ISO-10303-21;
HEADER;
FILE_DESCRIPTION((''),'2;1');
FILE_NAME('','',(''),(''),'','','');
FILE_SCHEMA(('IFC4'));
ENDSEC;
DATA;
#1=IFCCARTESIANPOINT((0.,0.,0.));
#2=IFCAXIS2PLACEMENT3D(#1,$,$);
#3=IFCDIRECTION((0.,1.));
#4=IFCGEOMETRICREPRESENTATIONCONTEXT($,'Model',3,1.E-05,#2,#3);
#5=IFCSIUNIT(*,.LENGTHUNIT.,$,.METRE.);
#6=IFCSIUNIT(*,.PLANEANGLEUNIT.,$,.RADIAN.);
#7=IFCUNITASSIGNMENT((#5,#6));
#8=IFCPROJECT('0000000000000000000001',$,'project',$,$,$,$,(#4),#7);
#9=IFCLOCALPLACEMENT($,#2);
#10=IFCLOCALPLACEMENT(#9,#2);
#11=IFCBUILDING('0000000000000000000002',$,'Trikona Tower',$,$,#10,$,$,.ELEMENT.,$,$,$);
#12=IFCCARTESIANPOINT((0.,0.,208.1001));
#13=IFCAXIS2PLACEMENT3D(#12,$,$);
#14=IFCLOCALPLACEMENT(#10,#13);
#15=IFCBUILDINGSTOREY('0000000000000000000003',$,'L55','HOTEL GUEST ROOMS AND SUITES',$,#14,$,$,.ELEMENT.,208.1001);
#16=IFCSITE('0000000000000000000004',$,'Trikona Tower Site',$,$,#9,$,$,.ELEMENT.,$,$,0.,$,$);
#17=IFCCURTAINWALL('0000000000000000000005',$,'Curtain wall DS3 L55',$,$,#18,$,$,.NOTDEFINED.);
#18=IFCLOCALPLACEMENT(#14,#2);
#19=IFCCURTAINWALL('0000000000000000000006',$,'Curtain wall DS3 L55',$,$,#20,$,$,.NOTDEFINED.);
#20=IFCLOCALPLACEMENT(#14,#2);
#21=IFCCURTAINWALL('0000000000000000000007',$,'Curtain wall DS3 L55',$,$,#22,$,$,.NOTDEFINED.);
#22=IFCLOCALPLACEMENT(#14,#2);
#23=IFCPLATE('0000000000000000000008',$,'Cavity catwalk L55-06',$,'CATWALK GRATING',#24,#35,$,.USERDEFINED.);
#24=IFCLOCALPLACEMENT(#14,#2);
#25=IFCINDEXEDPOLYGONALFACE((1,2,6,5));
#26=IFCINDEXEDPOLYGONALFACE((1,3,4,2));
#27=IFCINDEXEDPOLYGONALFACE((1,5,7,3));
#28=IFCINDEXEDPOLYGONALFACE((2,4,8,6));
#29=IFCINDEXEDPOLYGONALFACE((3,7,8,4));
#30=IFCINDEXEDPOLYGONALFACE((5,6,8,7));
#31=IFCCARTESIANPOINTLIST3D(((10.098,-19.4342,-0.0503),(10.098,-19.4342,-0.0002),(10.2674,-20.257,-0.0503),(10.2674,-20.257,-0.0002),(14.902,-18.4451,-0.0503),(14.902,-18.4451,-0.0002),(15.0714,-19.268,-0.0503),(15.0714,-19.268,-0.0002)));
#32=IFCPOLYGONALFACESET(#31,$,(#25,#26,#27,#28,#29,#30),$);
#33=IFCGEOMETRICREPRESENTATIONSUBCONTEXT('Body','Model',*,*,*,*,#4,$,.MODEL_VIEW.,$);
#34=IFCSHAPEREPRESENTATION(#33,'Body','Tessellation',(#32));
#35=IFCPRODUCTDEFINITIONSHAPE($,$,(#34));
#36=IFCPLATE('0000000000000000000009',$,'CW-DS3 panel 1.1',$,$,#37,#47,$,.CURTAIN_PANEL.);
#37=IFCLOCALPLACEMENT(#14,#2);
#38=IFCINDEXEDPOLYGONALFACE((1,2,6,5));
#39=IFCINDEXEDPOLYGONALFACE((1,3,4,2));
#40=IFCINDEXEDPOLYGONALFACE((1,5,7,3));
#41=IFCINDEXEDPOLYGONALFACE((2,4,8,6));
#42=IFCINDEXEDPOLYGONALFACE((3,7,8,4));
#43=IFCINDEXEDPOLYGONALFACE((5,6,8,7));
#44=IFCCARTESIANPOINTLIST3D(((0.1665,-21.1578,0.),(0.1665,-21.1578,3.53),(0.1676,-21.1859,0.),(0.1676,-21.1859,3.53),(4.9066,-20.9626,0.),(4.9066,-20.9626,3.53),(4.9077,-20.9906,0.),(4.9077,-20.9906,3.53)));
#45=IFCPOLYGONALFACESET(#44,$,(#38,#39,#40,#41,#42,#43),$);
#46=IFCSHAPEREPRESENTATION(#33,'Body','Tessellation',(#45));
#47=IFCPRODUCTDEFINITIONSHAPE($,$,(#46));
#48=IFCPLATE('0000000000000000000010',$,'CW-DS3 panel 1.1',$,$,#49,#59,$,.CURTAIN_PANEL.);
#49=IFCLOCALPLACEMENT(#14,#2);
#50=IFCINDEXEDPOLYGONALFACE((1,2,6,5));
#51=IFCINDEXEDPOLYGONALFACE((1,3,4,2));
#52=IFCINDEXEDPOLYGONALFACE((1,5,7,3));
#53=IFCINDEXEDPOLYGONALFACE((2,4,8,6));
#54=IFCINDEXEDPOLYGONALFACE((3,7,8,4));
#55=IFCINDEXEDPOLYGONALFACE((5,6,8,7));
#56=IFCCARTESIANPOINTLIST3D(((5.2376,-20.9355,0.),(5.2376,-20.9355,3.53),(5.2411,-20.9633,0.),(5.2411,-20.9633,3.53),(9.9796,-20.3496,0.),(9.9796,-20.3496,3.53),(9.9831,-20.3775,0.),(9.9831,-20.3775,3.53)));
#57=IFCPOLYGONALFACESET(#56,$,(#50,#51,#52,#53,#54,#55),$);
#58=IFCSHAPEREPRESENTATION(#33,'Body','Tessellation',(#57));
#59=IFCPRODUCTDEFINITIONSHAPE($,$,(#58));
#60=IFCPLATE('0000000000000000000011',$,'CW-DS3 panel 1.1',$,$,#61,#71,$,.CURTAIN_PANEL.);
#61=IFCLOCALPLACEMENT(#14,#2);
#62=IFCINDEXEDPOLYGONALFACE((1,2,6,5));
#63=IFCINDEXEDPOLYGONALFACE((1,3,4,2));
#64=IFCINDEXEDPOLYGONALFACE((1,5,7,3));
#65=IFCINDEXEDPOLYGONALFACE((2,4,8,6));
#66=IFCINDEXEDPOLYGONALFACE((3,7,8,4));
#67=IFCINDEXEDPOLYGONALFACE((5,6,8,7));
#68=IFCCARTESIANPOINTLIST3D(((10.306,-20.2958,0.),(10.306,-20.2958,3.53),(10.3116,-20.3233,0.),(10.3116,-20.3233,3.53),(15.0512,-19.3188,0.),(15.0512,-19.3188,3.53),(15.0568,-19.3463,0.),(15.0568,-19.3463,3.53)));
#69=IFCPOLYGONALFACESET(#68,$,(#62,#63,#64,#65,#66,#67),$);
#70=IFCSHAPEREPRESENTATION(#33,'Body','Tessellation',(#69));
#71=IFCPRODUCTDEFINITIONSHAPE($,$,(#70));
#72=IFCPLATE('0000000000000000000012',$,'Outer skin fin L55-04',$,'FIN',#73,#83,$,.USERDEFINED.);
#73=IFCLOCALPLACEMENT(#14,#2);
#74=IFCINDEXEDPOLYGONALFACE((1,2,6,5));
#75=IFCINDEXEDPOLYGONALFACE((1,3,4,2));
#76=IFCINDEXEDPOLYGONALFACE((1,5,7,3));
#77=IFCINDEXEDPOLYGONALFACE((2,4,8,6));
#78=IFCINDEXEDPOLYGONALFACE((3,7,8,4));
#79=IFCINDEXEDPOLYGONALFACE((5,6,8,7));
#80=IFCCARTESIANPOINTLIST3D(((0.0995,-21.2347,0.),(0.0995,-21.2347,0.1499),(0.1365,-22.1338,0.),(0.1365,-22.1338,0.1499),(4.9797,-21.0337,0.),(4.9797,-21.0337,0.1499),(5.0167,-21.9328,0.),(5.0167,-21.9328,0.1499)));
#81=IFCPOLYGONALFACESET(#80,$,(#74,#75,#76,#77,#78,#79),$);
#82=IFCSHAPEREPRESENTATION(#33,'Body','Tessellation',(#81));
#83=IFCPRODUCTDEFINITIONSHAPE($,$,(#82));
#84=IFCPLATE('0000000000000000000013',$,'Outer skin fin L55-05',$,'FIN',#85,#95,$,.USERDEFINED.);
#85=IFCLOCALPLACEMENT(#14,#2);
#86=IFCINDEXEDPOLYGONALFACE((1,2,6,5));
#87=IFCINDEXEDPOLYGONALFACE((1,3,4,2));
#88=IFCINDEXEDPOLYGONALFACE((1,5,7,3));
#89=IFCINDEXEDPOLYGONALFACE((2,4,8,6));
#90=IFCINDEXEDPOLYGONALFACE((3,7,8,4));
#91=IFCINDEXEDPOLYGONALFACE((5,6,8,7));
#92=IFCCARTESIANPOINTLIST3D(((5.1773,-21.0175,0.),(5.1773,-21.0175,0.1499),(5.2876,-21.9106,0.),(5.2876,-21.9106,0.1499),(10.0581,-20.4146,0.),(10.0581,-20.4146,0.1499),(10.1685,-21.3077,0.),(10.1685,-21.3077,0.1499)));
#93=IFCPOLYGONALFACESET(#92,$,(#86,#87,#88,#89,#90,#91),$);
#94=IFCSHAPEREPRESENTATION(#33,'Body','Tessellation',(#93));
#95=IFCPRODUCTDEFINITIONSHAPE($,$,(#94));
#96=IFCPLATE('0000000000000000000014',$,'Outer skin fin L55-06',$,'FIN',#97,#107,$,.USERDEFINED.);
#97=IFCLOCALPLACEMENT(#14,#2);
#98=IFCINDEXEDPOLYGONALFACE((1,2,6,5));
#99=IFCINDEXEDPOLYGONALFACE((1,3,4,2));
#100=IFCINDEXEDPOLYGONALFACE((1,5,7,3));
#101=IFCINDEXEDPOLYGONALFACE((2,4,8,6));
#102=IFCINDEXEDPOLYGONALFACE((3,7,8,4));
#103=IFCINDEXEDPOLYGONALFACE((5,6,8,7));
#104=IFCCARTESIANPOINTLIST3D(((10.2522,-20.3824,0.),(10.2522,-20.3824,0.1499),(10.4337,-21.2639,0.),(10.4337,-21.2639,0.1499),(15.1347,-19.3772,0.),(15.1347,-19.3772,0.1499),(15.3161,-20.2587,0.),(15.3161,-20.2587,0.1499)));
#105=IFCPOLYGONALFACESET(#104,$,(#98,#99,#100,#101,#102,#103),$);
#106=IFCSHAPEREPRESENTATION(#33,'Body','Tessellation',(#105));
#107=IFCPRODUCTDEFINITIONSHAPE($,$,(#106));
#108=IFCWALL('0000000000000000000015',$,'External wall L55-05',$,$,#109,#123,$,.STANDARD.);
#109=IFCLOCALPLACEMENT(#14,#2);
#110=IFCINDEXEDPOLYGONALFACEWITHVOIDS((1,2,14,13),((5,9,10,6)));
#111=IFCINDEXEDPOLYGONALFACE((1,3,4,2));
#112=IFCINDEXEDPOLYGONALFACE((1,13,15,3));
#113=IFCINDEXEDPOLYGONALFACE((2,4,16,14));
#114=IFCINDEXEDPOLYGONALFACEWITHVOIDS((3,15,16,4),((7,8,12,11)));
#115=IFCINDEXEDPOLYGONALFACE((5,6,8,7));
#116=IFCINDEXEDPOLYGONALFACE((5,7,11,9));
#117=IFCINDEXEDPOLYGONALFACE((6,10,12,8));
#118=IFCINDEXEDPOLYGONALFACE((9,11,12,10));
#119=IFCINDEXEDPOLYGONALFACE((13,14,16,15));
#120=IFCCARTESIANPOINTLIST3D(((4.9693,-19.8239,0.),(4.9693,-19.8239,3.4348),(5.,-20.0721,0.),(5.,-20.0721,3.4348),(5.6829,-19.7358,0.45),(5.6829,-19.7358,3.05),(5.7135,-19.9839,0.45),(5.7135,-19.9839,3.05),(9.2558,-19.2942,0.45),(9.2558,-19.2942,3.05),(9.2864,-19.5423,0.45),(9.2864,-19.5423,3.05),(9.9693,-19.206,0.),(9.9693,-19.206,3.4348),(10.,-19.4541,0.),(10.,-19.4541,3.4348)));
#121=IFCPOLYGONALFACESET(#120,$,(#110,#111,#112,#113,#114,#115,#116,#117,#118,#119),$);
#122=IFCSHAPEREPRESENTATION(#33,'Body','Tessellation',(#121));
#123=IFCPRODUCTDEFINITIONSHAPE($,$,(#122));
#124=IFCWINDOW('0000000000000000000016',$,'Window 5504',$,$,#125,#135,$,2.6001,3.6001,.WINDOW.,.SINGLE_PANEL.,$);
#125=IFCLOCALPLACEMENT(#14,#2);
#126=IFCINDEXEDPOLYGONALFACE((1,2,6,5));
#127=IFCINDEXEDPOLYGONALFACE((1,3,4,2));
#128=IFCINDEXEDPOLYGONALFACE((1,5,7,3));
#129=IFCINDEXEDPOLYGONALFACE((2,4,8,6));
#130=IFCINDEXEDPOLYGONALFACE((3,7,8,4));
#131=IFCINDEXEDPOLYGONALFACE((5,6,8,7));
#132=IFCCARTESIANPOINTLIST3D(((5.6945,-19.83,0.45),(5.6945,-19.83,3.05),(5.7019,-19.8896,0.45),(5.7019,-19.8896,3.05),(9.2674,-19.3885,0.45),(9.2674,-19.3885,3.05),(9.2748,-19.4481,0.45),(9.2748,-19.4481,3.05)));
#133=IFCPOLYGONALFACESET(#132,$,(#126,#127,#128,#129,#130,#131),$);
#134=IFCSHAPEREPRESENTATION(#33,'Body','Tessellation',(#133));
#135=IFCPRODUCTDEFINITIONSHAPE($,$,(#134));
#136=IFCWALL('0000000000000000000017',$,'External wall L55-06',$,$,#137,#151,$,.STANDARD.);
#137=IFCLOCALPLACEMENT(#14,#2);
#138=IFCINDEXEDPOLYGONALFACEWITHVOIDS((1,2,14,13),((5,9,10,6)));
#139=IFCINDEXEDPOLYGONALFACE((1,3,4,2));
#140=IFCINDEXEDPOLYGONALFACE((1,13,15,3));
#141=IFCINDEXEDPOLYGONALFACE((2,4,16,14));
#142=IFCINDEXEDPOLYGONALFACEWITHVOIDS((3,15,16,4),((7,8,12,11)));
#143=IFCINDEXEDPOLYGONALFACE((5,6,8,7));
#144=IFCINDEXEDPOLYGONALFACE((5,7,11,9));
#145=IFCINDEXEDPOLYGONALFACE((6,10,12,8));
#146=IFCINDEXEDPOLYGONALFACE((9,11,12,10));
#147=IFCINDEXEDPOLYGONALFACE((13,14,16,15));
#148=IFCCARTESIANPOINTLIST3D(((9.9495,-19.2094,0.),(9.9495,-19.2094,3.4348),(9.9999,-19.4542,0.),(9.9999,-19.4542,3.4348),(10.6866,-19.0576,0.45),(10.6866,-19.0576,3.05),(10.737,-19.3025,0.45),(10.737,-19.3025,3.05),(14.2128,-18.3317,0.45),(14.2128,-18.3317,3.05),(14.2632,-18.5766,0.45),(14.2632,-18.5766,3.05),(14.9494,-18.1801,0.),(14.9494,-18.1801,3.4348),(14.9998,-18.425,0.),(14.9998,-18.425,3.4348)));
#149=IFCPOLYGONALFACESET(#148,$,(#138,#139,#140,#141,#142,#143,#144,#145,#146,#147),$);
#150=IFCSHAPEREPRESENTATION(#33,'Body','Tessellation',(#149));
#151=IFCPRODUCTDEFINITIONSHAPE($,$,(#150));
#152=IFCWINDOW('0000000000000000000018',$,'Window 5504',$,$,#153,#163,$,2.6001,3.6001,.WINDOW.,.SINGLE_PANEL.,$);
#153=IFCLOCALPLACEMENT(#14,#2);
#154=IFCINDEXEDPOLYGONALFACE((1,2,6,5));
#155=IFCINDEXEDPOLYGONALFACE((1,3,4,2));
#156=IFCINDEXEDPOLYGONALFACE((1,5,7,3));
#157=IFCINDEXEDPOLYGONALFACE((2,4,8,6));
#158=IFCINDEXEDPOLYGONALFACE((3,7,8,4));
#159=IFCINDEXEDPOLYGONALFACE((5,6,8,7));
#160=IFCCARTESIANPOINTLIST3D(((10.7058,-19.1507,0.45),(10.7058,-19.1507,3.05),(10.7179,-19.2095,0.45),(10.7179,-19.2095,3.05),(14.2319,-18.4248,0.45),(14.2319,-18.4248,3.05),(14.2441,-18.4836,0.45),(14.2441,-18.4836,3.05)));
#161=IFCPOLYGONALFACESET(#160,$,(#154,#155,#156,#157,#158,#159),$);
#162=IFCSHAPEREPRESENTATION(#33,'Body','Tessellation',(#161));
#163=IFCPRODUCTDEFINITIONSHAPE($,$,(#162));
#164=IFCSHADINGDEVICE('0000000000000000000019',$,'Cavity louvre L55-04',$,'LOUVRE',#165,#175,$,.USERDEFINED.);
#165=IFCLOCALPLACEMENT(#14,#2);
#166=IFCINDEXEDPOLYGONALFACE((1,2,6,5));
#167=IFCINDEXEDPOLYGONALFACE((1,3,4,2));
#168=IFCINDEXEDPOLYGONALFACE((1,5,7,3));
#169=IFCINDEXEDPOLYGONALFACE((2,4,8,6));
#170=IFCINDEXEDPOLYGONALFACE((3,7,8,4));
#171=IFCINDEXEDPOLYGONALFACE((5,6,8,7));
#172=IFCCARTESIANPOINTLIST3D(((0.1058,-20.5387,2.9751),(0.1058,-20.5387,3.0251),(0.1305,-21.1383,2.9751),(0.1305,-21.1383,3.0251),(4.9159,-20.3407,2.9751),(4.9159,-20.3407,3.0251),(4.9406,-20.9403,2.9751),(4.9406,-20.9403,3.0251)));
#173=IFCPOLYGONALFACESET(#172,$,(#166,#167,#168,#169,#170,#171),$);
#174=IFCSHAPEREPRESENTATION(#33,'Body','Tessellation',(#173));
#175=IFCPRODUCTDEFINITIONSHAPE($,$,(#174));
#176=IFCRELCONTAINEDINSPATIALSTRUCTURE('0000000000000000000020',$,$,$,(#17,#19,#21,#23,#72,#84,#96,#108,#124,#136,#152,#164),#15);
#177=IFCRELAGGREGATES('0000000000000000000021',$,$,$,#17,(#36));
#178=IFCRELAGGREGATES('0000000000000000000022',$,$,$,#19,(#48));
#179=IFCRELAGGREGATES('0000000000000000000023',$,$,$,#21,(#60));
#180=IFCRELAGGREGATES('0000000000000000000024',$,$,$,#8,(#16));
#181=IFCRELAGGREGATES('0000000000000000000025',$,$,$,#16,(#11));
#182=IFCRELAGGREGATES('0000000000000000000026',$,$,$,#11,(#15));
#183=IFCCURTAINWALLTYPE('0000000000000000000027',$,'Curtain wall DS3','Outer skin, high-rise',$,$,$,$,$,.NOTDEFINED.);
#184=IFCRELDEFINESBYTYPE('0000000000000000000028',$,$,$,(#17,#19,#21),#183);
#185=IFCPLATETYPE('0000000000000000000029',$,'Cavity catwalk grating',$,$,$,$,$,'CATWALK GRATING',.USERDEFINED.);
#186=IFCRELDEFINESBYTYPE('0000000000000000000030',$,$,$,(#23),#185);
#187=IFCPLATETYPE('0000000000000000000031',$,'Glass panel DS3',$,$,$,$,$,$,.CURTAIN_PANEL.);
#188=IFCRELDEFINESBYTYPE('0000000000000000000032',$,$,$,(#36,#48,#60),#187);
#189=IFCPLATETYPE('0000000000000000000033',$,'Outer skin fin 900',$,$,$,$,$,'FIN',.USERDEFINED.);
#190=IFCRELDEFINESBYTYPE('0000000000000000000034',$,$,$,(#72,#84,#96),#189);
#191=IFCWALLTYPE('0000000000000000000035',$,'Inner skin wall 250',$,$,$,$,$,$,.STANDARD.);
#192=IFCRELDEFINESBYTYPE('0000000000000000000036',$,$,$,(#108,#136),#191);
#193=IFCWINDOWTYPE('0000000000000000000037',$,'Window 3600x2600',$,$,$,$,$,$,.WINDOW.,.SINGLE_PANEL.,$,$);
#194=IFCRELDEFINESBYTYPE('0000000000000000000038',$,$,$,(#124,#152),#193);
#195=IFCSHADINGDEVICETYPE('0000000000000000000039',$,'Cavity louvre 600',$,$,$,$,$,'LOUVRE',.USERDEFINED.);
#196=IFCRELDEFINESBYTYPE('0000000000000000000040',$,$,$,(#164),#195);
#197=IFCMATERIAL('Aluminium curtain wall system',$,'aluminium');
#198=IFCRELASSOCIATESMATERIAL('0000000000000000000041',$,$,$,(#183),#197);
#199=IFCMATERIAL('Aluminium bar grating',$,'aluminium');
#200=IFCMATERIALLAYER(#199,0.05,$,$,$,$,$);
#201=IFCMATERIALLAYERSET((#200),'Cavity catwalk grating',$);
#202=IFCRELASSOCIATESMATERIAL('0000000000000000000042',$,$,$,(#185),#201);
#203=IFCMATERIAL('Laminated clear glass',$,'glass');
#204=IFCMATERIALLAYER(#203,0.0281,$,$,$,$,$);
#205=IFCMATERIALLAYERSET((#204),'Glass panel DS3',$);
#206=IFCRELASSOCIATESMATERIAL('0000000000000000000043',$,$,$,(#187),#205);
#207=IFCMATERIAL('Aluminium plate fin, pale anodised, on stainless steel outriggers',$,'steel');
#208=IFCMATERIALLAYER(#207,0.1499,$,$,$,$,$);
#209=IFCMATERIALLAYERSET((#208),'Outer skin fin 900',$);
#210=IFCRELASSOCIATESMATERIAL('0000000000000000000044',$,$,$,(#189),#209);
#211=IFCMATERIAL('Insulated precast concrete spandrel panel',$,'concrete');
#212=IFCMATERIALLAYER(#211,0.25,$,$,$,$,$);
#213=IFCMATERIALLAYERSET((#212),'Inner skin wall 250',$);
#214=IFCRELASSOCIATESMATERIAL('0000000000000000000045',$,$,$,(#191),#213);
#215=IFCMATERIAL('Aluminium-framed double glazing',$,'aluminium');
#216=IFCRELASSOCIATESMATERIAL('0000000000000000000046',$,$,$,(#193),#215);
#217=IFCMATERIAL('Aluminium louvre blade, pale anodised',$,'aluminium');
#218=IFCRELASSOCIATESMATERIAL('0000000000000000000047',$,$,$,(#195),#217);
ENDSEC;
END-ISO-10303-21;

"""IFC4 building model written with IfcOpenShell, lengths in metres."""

from ifc_helpers import new_model, si_unit, direction, frame, frame_2d, origin, origin_2d, place, context, subcontext, project, spatial, rectangle, extrude, material, layer, layer_set, type_object, element, fill, aggregate, save


model = new_model("IFC4")

# Units and contexts
model_context = context("Model", 3, precision=1e-05, world=origin(), true_north=direction((0.0, 1.0)))
body_context = subcontext(model_context, "Body", "Model", "MODEL_VIEW")
ifc_project = project(units=[si_unit("LENGTHUNIT", "METRE"), si_unit("PLANEANGLEUNIT", "RADIAN")], contexts=[model_context])

# Site, building, storey
site_placement = place(None, origin())
site = spatial("IfcSite", under=ifc_project, at=site_placement, Name="Trikona Tower Site", CompositionType="ELEMENT", RefElevation=0.0)
building_placement = place(site_placement, origin())
building = spatial("IfcBuilding", under=site, at=building_placement, Name="Trikona Tower", CompositionType="ELEMENT")
storey_placement = place(building_placement, frame((0.0, 0.0, 208.1001)))
storey = spatial("IfcBuildingStorey", under=building, at=storey_placement, Name="L55", Description="HOTEL GUEST ROOMS AND SUITES", CompositionType="ELEMENT", Elevation=208.1001)

# Curtain walls
ifc_material_1 = material(Name="Aluminium curtain wall system", Category="aluminium")
curtain_wall_type = type_object("IfcCurtainWallType", Name="Curtain wall DS3", Description="Outer skin, high-rise", PredefinedType="NOTDEFINED", material=ifc_material_1)
curtain_wall_1_placement = place(storey_placement, origin())
curtain_wall_1 = element("IfcCurtainWall", 1, at=curtain_wall_1_placement, inside=storey, type_object=curtain_wall_type, Name="Curtain wall DS3 L55", PredefinedType="NOTDEFINED")
curtain_wall_2_placement = place(storey_placement, origin())
curtain_wall_2 = element("IfcCurtainWall", 2, at=curtain_wall_2_placement, inside=storey, type_object=curtain_wall_type, Name="Curtain wall DS3 L55", PredefinedType="NOTDEFINED")

# Curtain wall
curtain_wall_3_placement = place(storey_placement, origin())
curtain_wall_3 = element("IfcCurtainWall", 3, at=curtain_wall_3_placement, inside=storey, type_object=curtain_wall_type, Name="Curtain wall DS3 L55", PredefinedType="NOTDEFINED")

# Plate
ifc_material_2 = material(Name="Aluminium bar grating", Category="aluminium")
ifc_layer_1 = layer(ifc_material_2, 0.05)
ifc_layer_set_1 = layer_set([ifc_layer_1], Name="Cavity catwalk grating")
plate_type_1 = type_object("IfcPlateType", Name="Cavity catwalk grating", ElementType="CATWALK GRATING", PredefinedType="USERDEFINED", material=ifc_layer_set_1)
plate_1_placement = place(storey_placement, frame((12.5847, -19.3511, -0.0503), z_axis=(0.0, 0.0, 1.0), x_axis=(0.979458, 0.201651, 0.0)))
element("IfcPlate", 4, at=plate_1_placement, inside=storey, type_object=plate_type_1, Name="Cavity catwalk L55-06", ObjectType="CATWALK GRATING", PredefinedType="USERDEFINED", context=body_context, shape_type="SweptSolid", body=[
    extrude(rectangle(XDim=4.9048, YDim=0.8401, at=origin_2d()), origin(), (0.0, 0.0, 1.0), 0.05),
])

# Plates
ifc_material_3 = material(Name="Laminated clear glass", Category="glass")
ifc_layer_2 = layer(ifc_material_3, 0.0281)
ifc_layer_set_2 = layer_set([ifc_layer_2], Name="Glass panel DS3")
plate_type_2 = type_object("IfcPlateType", Name="Glass panel DS3", PredefinedType="CURTAIN_PANEL", material=ifc_layer_set_2)
plate_2_placement = place(storey_placement, frame((2.5371, -21.0742, 0.0), z_axis=(0.0, 0.0, 1.0), x_axis=(0.999153, 0.041153, 0.0)))
plate_2 = element("IfcPlate", 5, at=plate_2_placement, type_object=plate_type_2, Name="CW-DS3 panel 1.1", PredefinedType="CURTAIN_PANEL", context=body_context, shape_type="SweptSolid", body=[
    extrude(rectangle(XDim=4.7441, YDim=0.0281, at=origin_2d()), origin(), (0.0, 0.0, 1.0), 3.53),
])
aggregate(curtain_wall_1, [plate_2])
plate_3_placement = place(storey_placement, frame((7.6104, -20.6565, 0.0), z_axis=(0.0, 0.0, 1.0), x_axis=(0.992455, 0.122611, 0.0)))
plate_3 = element("IfcPlate", 6, at=plate_3_placement, type_object=plate_type_2, Name="CW-DS3 panel 1.1", PredefinedType="CURTAIN_PANEL", context=body_context, shape_type="SweptSolid", body=[
    extrude(rectangle(XDim=4.7781, YDim=0.0281, at=origin_2d()), origin(), (0.0, 0.0, 1.0), 3.53),
])
aggregate(curtain_wall_2, [plate_3])
plate_4_placement = place(storey_placement, frame((12.6814, -19.821, 0.0), z_axis=(0.0, 0.0, 1.0), x_axis=(0.979457, 0.201653, 0.0)))
plate_4 = element("IfcPlate", 7, at=plate_4_placement, type_object=plate_type_2, Name="CW-DS3 panel 1.1", PredefinedType="CURTAIN_PANEL", context=body_context, shape_type="SweptSolid", body=[
    extrude(rectangle(XDim=4.8447, YDim=0.0281, at=origin_2d()), origin(), (0.0, 0.0, 1.0), 3.53),
])
aggregate(curtain_wall_3, [plate_4])

# Plates
ifc_material_4 = material(Name="Aluminium plate fin, pale anodised, on stainless steel outriggers", Category="steel")
ifc_layer_3 = layer(ifc_material_4, 0.1499)
ifc_layer_set_3 = layer_set([ifc_layer_3], Name="Outer skin fin 900")
plate_type_3 = type_object("IfcPlateType", Name="Outer skin fin 900", ElementType="FIN", PredefinedType="USERDEFINED", material=ifc_layer_set_3)
plate_5_placement = place(storey_placement, frame((2.5581, -21.5837, 0.0), z_axis=(0.0, 0.0, 1.0), x_axis=(0.999153, 0.041145, 0.0)))
element("IfcPlate", 8, at=plate_5_placement, inside=storey, type_object=plate_type_3, Name="Outer skin fin L55-04", ObjectType="FIN", PredefinedType="USERDEFINED", context=body_context, shape_type="SweptSolid", body=[
    extrude(rectangle(XDim=4.8843, YDim=0.8999, at=origin_2d()), origin(), (0.0, 0.0, 1.0), 0.1499),
])
plate_6_placement = place(storey_placement, frame((7.6729, -21.1626, 0.0), z_axis=(0.0, 0.0, 1.0), x_axis=(0.992455, 0.122607, 0.0)))
element("IfcPlate", 9, at=plate_6_placement, inside=storey, type_object=plate_type_3, Name="Outer skin fin L55-05", ObjectType="FIN", PredefinedType="USERDEFINED", context=body_context, shape_type="SweptSolid", body=[
    extrude(rectangle(XDim=4.918, YDim=0.8999, at=origin_2d()), origin(), (0.0, 0.0, 1.0), 0.1499),
])
plate_7_placement = place(storey_placement, frame((12.7842, -20.3206, 0.0), z_axis=(0.0, 0.0, 1.0), x_axis=(0.979458, 0.201651, 0.0)))
element("IfcPlate", 10, at=plate_7_placement, inside=storey, type_object=plate_type_3, Name="Outer skin fin L55-06", ObjectType="FIN", PredefinedType="USERDEFINED", context=body_context, shape_type="SweptSolid", body=[
    extrude(rectangle(XDim=4.9849, YDim=0.8999, at=origin_2d()), origin(), (0.0, 0.0, 1.0), 0.1499),
])

# Walls, openings, windows
ifc_material_5 = material(Name="Insulated precast concrete spandrel panel", Category="concrete")
ifc_layer_4 = layer(ifc_material_5, 0.25)
ifc_layer_set_4 = layer_set([ifc_layer_4], Name="Inner skin wall 250")
wall_type = type_object("IfcWallType", Name="Inner skin wall 250", PredefinedType="STANDARD", material=ifc_layer_set_4)
wall_1_placement = place(storey_placement, frame((4.9846, -19.948, 0.0), z_axis=(0.0, 0.0, 1.0), x_axis=(0.99245, 0.122651, 0.0)))
wall_1 = element("IfcWall", 11, at=wall_1_placement, inside=storey, type_object=wall_type, Name="External wall L55-05", PredefinedType="STANDARD", context=body_context, shape_type="SweptSolid", body=[
    extrude(rectangle(XDim=5.0381, YDim=0.25, at=frame_2d((2.519, 0.0))), origin(), (0.0, 0.0, 1.0), 3.4348),
])
opening_1_placement = place(wall_1_placement, frame((0.719, 0.0, 0.45)))
opening_1 = element("IfcOpeningElement", 12, at=opening_1_placement, cuts=wall_1, PredefinedType="OPENING", context=body_context, shape_type="SweptSolid", body=[
    extrude(rectangle(XDim=3.6001, YDim=2.6001, at=frame_2d((1.8, 1.3))), frame((0.0, 0.135, 0.0), z_axis=(0.0, -1.0, 0.0), x_axis=(1.0, 0.0, 0.0)), (0.0, 0.0, 1.0), 0.27),
])
ifc_material_6 = material(Name="Aluminium-framed double glazing", Category="aluminium")
window_type = type_object("IfcWindowType", Name="Window 3600x2600", PartitioningType="SINGLE_PANEL", PredefinedType="WINDOW", material=ifc_material_6)
window_1_placement = place(opening_1_placement, origin())
window_1 = element("IfcWindow", 13, at=window_1_placement, inside=storey, type_object=window_type, Name="Window 5504", OverallHeight=2.6001, OverallWidth=3.6001, PartitioningType="SINGLE_PANEL", PredefinedType="WINDOW", context=body_context, shape_type="SweptSolid", body=[
    extrude(rectangle(XDim=3.6001, YDim=2.6001, at=frame_2d((1.8, 1.3))), frame((0.0, 0.03, 0.0), z_axis=(0.0, -1.0, 0.0), x_axis=(1.0, 0.0, 0.0)), (0.0, 0.0, 1.0), 0.0601),
])
fill(opening_1, window_1)
wall_2_placement = place(storey_placement, frame((9.9749, -19.3318, 0.0), z_axis=(0.0, 0.0, 1.0), x_axis=(0.979461, 0.201631, 0.0)))
wall_2 = element("IfcWall", 14, at=wall_2_placement, inside=storey, type_object=wall_type, Name="External wall L55-06", PredefinedType="STANDARD", context=body_context, shape_type="SweptSolid", body=[
    extrude(rectangle(XDim=5.1047, YDim=0.25, at=frame_2d((2.5522, 0.0))), origin(), (0.0, 0.0, 1.0), 3.4348),
])
opening_2_placement = place(wall_2_placement, frame((0.7524, 0.0, 0.45)))
opening_2 = element("IfcOpeningElement", 15, at=opening_2_placement, cuts=wall_2, PredefinedType="OPENING", context=body_context, shape_type="SweptSolid", body=[
    extrude(rectangle(XDim=3.6001, YDim=2.6001, at=frame_2d((1.8, 1.3))), frame((0.0, 0.135, 0.0), z_axis=(0.0, -1.0, 0.0), x_axis=(1.0, 0.0, 0.0)), (0.0, 0.0, 1.0), 0.27),
])
window_2_placement = place(opening_2_placement, origin())
window_2 = element("IfcWindow", 16, at=window_2_placement, inside=storey, type_object=window_type, Name="Window 5504", OverallHeight=2.6001, OverallWidth=3.6001, PartitioningType="SINGLE_PANEL", PredefinedType="WINDOW", context=body_context, shape_type="SweptSolid", body=[
    extrude(rectangle(XDim=3.6001, YDim=2.6001, at=frame_2d((1.8, 1.3))), frame((0.0, 0.03, 0.0), z_axis=(0.0, -1.0, 0.0), x_axis=(1.0, 0.0, 0.0)), (0.0, 0.0, 1.0), 0.0601),
])
fill(opening_2, window_2)

# Shading device
ifc_material_7 = material(Name="Aluminium louvre blade, pale anodised", Category="aluminium")
shading_device_type = type_object("IfcShadingDeviceType", Name="Cavity louvre 600", ElementType="LOUVRE", PredefinedType="USERDEFINED", material=ifc_material_7)
shading_device_1_placement = place(storey_placement, frame((2.5232, -20.7395, 2.9751), z_axis=(0.0, 0.0, 1.0), x_axis=(0.999153, 0.041145, 0.0)))
element("IfcShadingDevice", 17, at=shading_device_1_placement, inside=storey, type_object=shading_device_type, Name="Cavity louvre L55-04", ObjectType="LOUVRE", PredefinedType="USERDEFINED", context=body_context, shape_type="SweptSolid", body=[
    extrude(rectangle(XDim=4.8142, YDim=0.6001, at=origin_2d()), origin(), (0.0, 0.0, 1.0), 0.05),
])

save(model, "model.ifc")
